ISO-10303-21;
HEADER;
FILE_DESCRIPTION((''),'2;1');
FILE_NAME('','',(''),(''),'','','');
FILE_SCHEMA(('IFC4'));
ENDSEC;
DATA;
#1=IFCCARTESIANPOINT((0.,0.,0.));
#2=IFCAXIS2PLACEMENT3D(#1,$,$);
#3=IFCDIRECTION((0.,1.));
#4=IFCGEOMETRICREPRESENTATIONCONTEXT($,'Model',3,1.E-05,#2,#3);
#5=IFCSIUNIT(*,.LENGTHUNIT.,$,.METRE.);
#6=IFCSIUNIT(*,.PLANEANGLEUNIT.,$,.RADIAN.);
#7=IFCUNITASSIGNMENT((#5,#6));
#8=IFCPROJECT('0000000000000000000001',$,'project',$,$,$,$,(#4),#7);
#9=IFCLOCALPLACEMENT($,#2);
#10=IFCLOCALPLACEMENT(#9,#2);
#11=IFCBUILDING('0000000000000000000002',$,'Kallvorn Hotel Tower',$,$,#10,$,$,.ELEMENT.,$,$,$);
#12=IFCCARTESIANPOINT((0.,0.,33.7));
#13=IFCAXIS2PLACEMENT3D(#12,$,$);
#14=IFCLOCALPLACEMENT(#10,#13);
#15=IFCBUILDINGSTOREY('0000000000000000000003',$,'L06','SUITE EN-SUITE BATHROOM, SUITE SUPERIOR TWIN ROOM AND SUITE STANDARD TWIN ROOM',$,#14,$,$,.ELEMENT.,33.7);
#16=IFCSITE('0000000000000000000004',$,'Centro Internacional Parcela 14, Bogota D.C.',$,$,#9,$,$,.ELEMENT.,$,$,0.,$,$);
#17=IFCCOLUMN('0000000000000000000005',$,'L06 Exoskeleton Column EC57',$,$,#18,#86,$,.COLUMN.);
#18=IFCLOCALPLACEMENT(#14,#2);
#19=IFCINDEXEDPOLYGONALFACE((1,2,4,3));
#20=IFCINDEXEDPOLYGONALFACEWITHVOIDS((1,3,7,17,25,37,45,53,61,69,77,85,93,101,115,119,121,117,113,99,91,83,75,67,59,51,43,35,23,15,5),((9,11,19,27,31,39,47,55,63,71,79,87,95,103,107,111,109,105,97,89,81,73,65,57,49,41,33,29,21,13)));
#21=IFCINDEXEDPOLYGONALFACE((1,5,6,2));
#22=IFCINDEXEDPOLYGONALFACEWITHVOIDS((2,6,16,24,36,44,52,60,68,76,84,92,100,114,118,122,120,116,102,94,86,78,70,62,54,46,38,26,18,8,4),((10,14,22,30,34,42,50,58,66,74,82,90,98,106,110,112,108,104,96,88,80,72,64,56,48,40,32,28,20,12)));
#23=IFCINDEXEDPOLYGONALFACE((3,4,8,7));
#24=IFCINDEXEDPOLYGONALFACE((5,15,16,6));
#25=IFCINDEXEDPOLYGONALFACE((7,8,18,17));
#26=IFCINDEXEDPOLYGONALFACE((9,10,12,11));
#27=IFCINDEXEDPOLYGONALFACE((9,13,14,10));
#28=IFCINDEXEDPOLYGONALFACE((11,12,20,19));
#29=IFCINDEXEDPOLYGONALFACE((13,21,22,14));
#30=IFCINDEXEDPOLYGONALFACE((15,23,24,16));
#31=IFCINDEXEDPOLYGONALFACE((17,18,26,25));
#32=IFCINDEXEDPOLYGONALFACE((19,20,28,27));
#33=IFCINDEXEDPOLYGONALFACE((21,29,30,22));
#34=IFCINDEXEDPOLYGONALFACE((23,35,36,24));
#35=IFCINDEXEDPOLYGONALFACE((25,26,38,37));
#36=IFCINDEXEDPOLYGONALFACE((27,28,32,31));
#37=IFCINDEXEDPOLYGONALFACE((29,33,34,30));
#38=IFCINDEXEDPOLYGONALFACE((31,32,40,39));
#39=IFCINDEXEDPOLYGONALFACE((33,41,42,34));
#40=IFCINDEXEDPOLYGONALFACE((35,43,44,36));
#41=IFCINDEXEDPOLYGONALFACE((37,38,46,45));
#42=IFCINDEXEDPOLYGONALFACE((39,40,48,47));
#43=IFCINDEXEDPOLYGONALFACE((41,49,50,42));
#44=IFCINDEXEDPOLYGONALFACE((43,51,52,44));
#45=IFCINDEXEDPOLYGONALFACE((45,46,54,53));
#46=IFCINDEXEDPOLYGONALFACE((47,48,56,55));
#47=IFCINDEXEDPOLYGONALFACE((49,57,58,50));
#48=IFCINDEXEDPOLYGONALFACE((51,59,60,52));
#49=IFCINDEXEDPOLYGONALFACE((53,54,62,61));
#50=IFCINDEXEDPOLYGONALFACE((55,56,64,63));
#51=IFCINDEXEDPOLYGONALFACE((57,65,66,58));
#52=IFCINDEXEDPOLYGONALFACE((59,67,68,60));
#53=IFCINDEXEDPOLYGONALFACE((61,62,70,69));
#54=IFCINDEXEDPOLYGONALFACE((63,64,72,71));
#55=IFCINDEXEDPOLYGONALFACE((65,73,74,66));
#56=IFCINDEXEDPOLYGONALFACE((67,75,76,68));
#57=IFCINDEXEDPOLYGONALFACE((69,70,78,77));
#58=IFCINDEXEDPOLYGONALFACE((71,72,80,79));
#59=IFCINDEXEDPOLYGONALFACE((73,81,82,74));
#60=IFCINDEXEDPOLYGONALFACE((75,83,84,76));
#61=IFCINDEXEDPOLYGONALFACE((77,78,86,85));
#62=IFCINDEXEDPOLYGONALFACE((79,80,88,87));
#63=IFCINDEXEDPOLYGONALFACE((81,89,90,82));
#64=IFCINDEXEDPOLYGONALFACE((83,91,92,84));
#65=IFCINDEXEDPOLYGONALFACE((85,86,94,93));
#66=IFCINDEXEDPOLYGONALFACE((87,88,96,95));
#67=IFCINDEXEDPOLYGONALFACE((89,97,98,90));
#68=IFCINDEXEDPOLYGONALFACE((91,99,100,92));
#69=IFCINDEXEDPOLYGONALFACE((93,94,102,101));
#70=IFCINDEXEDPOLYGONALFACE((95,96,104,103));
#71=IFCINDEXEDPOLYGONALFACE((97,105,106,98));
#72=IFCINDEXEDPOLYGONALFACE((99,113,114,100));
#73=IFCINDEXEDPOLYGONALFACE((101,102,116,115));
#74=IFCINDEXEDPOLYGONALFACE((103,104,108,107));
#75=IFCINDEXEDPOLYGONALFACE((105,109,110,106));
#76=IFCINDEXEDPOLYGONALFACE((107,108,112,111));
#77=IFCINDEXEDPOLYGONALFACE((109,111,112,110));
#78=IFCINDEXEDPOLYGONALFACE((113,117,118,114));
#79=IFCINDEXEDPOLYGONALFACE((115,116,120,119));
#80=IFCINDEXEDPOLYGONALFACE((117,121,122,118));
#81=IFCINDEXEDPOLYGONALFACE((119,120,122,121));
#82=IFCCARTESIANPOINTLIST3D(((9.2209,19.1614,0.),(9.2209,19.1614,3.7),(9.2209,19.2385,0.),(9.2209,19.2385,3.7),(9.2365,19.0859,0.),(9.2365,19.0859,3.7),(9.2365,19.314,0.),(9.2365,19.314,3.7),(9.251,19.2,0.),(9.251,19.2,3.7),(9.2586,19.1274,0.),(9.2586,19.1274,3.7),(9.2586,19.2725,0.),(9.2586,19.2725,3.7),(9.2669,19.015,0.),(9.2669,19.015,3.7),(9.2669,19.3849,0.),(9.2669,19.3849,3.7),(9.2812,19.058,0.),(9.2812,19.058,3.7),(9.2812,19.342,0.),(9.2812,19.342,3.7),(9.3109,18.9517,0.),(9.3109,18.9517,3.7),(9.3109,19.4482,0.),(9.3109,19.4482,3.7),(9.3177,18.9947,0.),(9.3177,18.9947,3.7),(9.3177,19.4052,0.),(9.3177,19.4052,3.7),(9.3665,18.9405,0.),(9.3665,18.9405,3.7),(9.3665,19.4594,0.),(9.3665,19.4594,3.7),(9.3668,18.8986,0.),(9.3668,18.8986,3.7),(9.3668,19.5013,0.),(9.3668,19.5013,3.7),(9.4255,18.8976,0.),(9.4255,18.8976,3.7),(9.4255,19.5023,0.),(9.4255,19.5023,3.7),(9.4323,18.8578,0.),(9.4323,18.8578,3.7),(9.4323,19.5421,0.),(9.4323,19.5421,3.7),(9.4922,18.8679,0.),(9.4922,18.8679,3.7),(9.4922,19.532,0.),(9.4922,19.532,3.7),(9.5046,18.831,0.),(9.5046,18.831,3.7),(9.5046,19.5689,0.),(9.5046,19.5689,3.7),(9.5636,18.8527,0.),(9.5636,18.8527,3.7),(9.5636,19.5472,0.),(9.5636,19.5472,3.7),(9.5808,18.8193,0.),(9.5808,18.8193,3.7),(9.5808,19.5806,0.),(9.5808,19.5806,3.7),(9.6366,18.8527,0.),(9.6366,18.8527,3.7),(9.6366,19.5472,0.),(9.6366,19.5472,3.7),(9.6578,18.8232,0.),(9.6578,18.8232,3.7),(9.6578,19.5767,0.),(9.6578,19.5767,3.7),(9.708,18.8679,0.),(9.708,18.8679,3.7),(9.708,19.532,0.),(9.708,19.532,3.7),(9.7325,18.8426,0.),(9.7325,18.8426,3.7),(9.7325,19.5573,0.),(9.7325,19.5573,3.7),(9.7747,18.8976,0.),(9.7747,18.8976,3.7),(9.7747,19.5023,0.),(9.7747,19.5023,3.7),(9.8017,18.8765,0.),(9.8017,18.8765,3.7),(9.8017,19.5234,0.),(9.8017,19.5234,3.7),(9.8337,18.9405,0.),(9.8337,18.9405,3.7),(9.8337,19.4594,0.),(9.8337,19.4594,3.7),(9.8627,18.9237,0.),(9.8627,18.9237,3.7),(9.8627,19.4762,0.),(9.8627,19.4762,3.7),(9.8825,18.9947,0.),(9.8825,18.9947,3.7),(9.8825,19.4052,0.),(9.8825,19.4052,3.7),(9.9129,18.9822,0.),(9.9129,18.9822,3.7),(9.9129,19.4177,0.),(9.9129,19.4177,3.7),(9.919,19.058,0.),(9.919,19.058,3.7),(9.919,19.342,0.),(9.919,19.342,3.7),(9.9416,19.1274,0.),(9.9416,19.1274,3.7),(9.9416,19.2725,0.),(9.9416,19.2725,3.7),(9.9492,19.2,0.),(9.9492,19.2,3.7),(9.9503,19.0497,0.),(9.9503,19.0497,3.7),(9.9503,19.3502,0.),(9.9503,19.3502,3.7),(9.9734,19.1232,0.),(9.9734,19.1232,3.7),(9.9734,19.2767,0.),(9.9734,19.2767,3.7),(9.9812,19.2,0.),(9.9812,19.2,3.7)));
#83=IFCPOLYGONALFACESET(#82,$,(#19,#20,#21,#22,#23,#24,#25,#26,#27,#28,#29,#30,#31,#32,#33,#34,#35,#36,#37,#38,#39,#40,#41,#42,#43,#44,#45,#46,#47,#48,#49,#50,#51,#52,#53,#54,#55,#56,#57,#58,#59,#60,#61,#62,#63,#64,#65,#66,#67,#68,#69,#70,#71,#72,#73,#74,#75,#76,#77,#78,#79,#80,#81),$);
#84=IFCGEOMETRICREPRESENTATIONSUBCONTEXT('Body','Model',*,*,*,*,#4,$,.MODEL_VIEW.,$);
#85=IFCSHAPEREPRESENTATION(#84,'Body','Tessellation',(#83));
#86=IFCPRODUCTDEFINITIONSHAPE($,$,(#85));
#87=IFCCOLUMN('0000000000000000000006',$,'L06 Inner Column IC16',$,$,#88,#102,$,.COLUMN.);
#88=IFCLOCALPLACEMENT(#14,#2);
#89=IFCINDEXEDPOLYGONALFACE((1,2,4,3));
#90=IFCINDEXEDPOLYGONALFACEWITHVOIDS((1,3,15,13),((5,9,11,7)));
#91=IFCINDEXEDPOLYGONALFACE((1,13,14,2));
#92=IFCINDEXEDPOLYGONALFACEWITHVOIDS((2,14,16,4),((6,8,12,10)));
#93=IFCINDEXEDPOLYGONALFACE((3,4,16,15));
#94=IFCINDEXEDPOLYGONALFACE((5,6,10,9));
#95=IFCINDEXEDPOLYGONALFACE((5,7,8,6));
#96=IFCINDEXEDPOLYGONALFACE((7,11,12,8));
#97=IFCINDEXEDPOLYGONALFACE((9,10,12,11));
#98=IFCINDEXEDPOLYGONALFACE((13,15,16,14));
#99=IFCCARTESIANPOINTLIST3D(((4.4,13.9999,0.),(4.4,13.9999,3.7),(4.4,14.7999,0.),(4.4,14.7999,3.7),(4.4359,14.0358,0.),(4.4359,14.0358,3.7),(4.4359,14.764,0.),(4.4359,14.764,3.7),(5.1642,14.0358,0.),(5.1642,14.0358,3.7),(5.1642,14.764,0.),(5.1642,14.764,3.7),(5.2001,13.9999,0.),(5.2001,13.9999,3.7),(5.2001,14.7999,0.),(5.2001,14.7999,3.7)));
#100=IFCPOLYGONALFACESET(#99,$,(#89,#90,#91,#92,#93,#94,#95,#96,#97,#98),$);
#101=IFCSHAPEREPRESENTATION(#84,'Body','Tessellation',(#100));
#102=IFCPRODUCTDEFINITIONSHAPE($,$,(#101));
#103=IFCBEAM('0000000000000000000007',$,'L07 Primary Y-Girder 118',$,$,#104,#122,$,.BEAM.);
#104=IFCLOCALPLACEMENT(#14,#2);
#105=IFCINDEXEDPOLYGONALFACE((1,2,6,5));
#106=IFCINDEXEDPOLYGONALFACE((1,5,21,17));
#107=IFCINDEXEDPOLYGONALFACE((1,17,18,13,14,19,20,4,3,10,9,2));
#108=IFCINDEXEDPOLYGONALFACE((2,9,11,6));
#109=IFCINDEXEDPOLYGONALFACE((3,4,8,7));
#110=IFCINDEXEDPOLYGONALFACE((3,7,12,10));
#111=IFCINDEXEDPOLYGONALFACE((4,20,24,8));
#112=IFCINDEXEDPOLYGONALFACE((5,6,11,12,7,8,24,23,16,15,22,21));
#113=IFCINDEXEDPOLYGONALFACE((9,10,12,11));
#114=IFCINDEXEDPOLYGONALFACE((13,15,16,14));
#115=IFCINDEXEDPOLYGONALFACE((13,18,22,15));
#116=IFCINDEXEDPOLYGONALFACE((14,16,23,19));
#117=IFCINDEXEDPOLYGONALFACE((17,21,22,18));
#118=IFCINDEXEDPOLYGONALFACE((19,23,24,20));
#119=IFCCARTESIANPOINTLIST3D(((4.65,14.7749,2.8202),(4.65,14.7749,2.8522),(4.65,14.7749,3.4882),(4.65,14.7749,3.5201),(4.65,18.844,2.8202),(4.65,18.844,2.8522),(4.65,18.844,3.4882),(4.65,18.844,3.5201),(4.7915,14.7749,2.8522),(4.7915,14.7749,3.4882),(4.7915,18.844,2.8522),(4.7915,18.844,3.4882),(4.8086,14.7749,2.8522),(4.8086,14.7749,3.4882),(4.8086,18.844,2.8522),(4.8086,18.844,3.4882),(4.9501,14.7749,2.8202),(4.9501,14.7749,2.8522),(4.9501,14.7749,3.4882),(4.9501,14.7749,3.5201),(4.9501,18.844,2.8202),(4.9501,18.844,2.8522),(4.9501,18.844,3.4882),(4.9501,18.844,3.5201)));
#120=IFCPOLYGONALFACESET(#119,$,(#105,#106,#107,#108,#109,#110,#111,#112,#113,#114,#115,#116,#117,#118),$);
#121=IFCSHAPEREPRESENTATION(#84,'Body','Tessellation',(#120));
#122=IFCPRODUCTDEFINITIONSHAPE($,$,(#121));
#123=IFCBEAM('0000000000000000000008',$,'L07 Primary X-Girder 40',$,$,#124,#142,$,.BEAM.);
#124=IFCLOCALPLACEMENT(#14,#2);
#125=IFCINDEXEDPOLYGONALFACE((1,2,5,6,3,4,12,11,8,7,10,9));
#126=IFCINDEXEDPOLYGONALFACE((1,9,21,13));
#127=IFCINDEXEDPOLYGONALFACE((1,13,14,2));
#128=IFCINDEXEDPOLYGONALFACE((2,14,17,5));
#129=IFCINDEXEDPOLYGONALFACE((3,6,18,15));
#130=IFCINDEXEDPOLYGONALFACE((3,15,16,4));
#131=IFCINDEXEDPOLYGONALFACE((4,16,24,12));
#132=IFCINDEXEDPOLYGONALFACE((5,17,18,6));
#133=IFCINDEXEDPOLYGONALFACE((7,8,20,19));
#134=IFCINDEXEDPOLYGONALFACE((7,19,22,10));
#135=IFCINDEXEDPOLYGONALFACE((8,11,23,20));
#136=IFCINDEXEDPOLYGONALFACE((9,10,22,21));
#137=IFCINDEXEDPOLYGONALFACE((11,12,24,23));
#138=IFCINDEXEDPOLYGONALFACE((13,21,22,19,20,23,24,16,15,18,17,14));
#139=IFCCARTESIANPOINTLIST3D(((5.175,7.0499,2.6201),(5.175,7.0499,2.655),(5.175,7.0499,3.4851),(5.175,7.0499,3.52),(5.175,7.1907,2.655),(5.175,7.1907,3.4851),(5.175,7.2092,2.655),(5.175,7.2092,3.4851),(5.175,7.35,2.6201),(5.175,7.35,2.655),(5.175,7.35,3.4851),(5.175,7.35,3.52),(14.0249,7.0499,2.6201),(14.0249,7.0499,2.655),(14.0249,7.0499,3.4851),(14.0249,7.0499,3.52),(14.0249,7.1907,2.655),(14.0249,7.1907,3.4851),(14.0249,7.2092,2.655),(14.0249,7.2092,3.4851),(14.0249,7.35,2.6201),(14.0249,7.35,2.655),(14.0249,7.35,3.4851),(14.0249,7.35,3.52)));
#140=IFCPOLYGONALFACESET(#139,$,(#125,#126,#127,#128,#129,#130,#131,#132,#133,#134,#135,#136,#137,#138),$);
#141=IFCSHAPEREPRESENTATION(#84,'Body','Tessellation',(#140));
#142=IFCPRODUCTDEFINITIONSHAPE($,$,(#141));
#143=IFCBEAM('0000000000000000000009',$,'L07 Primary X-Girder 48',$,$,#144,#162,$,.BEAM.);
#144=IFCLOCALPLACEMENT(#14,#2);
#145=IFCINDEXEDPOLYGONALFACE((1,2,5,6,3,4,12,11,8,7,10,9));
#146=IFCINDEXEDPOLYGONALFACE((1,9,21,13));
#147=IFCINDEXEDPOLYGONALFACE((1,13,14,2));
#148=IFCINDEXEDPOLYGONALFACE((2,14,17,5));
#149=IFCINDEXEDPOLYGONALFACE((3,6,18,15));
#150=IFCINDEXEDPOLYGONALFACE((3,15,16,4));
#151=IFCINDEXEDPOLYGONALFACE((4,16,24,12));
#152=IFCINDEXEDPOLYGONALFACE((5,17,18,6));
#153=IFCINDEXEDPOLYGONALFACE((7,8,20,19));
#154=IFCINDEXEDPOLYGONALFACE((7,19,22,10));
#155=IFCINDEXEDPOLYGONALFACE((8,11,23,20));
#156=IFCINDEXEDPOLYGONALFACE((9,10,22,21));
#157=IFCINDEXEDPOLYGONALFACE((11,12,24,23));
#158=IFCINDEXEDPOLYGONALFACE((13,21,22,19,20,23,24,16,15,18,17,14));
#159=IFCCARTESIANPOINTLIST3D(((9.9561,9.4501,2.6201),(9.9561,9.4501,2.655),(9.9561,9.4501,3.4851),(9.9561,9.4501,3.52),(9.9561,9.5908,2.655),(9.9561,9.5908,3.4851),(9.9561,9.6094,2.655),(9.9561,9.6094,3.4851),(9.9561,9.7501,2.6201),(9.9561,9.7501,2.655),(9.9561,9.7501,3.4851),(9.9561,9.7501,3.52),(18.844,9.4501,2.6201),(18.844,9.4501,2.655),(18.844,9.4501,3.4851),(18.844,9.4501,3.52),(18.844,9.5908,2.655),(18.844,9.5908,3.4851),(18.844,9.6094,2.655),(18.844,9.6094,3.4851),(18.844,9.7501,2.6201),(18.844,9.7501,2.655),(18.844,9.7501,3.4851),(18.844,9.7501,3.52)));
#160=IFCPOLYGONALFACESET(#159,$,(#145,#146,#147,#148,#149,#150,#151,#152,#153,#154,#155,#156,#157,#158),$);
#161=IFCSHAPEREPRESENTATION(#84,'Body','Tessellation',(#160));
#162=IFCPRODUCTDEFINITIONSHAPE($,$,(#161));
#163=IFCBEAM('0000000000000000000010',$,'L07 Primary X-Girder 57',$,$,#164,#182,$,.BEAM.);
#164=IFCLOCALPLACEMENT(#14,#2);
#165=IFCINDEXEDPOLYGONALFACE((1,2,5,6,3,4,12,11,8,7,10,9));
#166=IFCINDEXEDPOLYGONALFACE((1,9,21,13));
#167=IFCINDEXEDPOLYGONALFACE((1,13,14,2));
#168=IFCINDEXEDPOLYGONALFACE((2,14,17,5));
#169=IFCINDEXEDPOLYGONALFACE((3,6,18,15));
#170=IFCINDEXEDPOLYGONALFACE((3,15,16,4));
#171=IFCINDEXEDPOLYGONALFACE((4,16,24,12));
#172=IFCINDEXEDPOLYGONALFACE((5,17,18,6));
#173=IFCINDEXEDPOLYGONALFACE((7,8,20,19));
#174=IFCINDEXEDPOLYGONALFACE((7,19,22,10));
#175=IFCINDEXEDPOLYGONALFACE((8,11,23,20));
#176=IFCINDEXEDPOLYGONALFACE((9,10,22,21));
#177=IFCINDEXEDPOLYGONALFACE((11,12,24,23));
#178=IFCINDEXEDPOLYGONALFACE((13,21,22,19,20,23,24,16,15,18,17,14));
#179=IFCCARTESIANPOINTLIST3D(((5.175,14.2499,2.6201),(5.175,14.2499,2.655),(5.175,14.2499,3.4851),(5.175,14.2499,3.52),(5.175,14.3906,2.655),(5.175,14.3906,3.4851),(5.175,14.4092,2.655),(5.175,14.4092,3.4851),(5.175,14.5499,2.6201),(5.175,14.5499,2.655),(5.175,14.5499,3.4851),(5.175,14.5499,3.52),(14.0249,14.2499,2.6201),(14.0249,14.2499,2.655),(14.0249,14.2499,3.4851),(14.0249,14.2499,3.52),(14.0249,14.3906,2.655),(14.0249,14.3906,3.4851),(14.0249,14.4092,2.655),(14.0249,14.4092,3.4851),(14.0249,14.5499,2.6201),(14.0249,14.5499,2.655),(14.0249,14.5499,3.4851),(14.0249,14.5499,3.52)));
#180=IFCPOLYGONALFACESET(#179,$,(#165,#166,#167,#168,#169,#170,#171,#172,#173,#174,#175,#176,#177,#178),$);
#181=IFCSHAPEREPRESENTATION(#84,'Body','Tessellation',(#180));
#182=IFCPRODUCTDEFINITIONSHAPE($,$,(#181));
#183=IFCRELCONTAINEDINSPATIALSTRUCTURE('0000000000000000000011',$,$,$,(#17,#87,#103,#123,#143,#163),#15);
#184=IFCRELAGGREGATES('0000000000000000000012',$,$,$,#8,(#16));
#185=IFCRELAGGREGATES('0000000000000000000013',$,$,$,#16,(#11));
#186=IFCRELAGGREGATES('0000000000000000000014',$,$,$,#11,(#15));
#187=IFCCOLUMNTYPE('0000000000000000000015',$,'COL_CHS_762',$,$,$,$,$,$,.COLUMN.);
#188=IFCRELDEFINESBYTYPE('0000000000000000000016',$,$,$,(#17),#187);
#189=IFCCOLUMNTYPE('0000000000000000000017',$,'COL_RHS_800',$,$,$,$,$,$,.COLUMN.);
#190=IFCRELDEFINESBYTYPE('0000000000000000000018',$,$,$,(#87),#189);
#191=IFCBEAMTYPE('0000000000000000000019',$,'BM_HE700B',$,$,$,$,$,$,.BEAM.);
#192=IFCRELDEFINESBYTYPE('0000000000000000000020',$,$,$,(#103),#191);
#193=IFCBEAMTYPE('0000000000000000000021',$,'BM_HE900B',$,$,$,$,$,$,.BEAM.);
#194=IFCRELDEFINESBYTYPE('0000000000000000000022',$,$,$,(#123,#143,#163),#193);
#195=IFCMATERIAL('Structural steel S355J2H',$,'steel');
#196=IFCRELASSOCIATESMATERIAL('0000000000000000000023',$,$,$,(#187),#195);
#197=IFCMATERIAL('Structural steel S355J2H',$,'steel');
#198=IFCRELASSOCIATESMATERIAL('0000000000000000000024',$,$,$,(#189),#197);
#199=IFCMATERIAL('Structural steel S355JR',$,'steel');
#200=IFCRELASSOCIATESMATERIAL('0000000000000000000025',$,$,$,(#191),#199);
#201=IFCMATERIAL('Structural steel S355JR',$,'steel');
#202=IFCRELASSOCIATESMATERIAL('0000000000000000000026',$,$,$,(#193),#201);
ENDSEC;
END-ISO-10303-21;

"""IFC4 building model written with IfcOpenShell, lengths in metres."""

from ifc_helpers import new_model, si_unit, direction, frame, origin, origin_2d, place, context, subcontext, project, spatial, hollow_rectangle, hollow_circle, i_section, extrude, material, material_profile, profile_set, type_object, element, save


model = new_model("IFC4")

# Units and contexts
model_context = context("Model", 3, precision=1e-05, world=origin(), true_north=direction((0.0, 1.0)))
body_context = subcontext(model_context, "Body", "Model", "MODEL_VIEW")
ifc_project = project(units=[si_unit("LENGTHUNIT", "METRE"), si_unit("PLANEANGLEUNIT", "RADIAN")], contexts=[model_context])

# Site, building, storey
site_placement = place(None, origin())
site = spatial("IfcSite", under=ifc_project, at=site_placement, Name="Centro Internacional Parcela 14, Bogota D.C.", CompositionType="ELEMENT", RefElevation=0.0)
building_placement = place(site_placement, origin())
building = spatial("IfcBuilding", under=site, at=building_placement, Name="Kallvorn Hotel Tower", CompositionType="ELEMENT")
storey_placement = place(building_placement, frame((0.0, 0.0, 33.7)))
storey = spatial("IfcBuildingStorey", under=building, at=storey_placement, Name="L06", Description="SUITE EN-SUITE BATHROOM, SUITE SUPERIOR TWIN ROOM AND SUITE STANDARD TWIN ROOM", CompositionType="ELEMENT", Elevation=33.7)

# Columns
ifc_material_1 = material(Name="Structural steel S355J2H", Category="steel")
ifc_material_profile_1 = material_profile(ifc_material_1, hollow_circle(Radius=0.3811, WallThickness=0.032, at=origin_2d()), Name="CHS 762x32")
ifc_profile_set_1 = profile_set([ifc_material_profile_1], Name="Structural steel S355J2H")
column_type_1 = type_object("IfcColumnType", Name="COL_CHS_762", PredefinedType="COLUMN", material=ifc_profile_set_1)
for number, where, z_axis, x_axis, name in (
    (1, (9.6001, 19.2, 0.0), (0.0, 0.0, 1.0), (1.0, 0.0, 0.0), "L06 Exoskeleton Column EC57"),
):
    element("IfcColumn", number, at=place(storey_placement, frame(where, z_axis=z_axis, x_axis=x_axis)), inside=storey, type_object=column_type_1, Name=name, PredefinedType="COLUMN", context=body_context, shape_type="SweptSolid", body=[
        extrude(hollow_circle(Radius=0.3811, WallThickness=0.032, at=origin_2d()), origin(), (0.0, 0.0, 1.0), 3.7),
    ])
ifc_material_2 = material(Name="Structural steel S355J2H", Category="steel")
ifc_material_profile_2 = material_profile(ifc_material_2, hollow_rectangle(XDim=0.8, YDim=0.8, WallThickness=0.0359, at=origin_2d()), Name="RHS 800x800x36")
ifc_profile_set_2 = profile_set([ifc_material_profile_2], Name="Structural steel S355J2H")
column_type_2 = type_object("IfcColumnType", Name="COL_RHS_800", PredefinedType="COLUMN", material=ifc_profile_set_2)
column_placement = place(storey_placement, frame((4.8, 14.3999, 0.0), z_axis=(0.0, 0.0, 1.0), x_axis=(1.0, 0.0, 0.0)))
element("IfcColumn", 2, at=column_placement, inside=storey, type_object=column_type_2, Name="L06 Inner Column IC16", PredefinedType="COLUMN", context=body_context, shape_type="SweptSolid", body=[
    extrude(hollow_rectangle(XDim=0.8, YDim=0.8, WallThickness=0.0359, at=origin_2d()), origin(), (0.0, 0.0, 1.0), 3.7),
])

# Beams
ifc_material_3 = material(Name="Structural steel S355JR", Category="steel")
ifc_material_profile_3 = material_profile(ifc_material_3, i_section(OverallWidth=0.3, OverallDepth=0.7, WebThickness=0.0171, FlangeThickness=0.032, at=origin_2d()), Name="HE 700 B")
ifc_profile_set_3 = profile_set([ifc_material_profile_3], Name="Structural steel S355JR")
beam_type_1 = type_object("IfcBeamType", Name="BM_HE700B", PredefinedType="BEAM", material=ifc_profile_set_3)
beam_1_placement = place(storey_placement, frame((4.8, 14.7749, 3.1702), z_axis=(0.0, 1.0, 0.0), x_axis=(-1.0, 0.0, 0.0)))
element("IfcBeam", 3, at=beam_1_placement, inside=storey, type_object=beam_type_1, Name="L07 Primary Y-Girder 118", PredefinedType="BEAM", context=body_context, shape_type="SweptSolid", body=[
    extrude(i_section(OverallWidth=0.3, OverallDepth=0.7, WebThickness=0.0171, FlangeThickness=0.032, at=origin_2d()), origin(), (0.0, 0.0, 1.0), 4.0691),
])
ifc_material_4 = material(Name="Structural steel S355JR", Category="steel")
ifc_material_profile_4 = material_profile(ifc_material_4, i_section(OverallWidth=0.3, OverallDepth=0.8999, WebThickness=0.0186, FlangeThickness=0.0349, at=origin_2d()), Name="HE 900 B")
ifc_profile_set_4 = profile_set([ifc_material_profile_4], Name="Structural steel S355JR")
beam_type_2 = type_object("IfcBeamType", Name="BM_HE900B", PredefinedType="BEAM", material=ifc_profile_set_4)
beam_2_placement = place(storey_placement, frame((5.175, 7.2, 3.0701), z_axis=(1.0, 0.0, 0.0), x_axis=(0.0, 1.0, 0.0)))
element("IfcBeam", 4, at=beam_2_placement, inside=storey, type_object=beam_type_2, Name="L07 Primary X-Girder 40", PredefinedType="BEAM", context=body_context, shape_type="SweptSolid", body=[
    extrude(i_section(OverallWidth=0.3, OverallDepth=0.8999, WebThickness=0.0186, FlangeThickness=0.0349, at=origin_2d()), origin(), (0.0, 0.0, 1.0), 8.8499),
])
beam_3_placement = place(storey_placement, frame((9.9561, 9.6001, 3.0701), z_axis=(1.0, 0.0, 0.0), x_axis=(0.0, 1.0, 0.0)))
element("IfcBeam", 5, at=beam_3_placement, inside=storey, type_object=beam_type_2, Name="L07 Primary X-Girder 48", PredefinedType="BEAM", context=body_context, shape_type="SweptSolid", body=[
    extrude(i_section(OverallWidth=0.3, OverallDepth=0.8999, WebThickness=0.0186, FlangeThickness=0.0349, at=origin_2d()), origin(), (0.0, 0.0, 1.0), 8.8879),
])
beam_4_placement = place(storey_placement, frame((5.175, 14.3999, 3.0701), z_axis=(1.0, 0.0, 0.0), x_axis=(0.0, 1.0, 0.0)))
element("IfcBeam", 6, at=beam_4_placement, inside=storey, type_object=beam_type_2, Name="L07 Primary X-Girder 57", PredefinedType="BEAM", context=body_context, shape_type="SweptSolid", body=[
    extrude(i_section(OverallWidth=0.3, OverallDepth=0.8999, WebThickness=0.0186, FlangeThickness=0.0349, at=origin_2d()), origin(), (0.0, 0.0, 1.0), 8.8499),
])

save(model, "model.ifc")
